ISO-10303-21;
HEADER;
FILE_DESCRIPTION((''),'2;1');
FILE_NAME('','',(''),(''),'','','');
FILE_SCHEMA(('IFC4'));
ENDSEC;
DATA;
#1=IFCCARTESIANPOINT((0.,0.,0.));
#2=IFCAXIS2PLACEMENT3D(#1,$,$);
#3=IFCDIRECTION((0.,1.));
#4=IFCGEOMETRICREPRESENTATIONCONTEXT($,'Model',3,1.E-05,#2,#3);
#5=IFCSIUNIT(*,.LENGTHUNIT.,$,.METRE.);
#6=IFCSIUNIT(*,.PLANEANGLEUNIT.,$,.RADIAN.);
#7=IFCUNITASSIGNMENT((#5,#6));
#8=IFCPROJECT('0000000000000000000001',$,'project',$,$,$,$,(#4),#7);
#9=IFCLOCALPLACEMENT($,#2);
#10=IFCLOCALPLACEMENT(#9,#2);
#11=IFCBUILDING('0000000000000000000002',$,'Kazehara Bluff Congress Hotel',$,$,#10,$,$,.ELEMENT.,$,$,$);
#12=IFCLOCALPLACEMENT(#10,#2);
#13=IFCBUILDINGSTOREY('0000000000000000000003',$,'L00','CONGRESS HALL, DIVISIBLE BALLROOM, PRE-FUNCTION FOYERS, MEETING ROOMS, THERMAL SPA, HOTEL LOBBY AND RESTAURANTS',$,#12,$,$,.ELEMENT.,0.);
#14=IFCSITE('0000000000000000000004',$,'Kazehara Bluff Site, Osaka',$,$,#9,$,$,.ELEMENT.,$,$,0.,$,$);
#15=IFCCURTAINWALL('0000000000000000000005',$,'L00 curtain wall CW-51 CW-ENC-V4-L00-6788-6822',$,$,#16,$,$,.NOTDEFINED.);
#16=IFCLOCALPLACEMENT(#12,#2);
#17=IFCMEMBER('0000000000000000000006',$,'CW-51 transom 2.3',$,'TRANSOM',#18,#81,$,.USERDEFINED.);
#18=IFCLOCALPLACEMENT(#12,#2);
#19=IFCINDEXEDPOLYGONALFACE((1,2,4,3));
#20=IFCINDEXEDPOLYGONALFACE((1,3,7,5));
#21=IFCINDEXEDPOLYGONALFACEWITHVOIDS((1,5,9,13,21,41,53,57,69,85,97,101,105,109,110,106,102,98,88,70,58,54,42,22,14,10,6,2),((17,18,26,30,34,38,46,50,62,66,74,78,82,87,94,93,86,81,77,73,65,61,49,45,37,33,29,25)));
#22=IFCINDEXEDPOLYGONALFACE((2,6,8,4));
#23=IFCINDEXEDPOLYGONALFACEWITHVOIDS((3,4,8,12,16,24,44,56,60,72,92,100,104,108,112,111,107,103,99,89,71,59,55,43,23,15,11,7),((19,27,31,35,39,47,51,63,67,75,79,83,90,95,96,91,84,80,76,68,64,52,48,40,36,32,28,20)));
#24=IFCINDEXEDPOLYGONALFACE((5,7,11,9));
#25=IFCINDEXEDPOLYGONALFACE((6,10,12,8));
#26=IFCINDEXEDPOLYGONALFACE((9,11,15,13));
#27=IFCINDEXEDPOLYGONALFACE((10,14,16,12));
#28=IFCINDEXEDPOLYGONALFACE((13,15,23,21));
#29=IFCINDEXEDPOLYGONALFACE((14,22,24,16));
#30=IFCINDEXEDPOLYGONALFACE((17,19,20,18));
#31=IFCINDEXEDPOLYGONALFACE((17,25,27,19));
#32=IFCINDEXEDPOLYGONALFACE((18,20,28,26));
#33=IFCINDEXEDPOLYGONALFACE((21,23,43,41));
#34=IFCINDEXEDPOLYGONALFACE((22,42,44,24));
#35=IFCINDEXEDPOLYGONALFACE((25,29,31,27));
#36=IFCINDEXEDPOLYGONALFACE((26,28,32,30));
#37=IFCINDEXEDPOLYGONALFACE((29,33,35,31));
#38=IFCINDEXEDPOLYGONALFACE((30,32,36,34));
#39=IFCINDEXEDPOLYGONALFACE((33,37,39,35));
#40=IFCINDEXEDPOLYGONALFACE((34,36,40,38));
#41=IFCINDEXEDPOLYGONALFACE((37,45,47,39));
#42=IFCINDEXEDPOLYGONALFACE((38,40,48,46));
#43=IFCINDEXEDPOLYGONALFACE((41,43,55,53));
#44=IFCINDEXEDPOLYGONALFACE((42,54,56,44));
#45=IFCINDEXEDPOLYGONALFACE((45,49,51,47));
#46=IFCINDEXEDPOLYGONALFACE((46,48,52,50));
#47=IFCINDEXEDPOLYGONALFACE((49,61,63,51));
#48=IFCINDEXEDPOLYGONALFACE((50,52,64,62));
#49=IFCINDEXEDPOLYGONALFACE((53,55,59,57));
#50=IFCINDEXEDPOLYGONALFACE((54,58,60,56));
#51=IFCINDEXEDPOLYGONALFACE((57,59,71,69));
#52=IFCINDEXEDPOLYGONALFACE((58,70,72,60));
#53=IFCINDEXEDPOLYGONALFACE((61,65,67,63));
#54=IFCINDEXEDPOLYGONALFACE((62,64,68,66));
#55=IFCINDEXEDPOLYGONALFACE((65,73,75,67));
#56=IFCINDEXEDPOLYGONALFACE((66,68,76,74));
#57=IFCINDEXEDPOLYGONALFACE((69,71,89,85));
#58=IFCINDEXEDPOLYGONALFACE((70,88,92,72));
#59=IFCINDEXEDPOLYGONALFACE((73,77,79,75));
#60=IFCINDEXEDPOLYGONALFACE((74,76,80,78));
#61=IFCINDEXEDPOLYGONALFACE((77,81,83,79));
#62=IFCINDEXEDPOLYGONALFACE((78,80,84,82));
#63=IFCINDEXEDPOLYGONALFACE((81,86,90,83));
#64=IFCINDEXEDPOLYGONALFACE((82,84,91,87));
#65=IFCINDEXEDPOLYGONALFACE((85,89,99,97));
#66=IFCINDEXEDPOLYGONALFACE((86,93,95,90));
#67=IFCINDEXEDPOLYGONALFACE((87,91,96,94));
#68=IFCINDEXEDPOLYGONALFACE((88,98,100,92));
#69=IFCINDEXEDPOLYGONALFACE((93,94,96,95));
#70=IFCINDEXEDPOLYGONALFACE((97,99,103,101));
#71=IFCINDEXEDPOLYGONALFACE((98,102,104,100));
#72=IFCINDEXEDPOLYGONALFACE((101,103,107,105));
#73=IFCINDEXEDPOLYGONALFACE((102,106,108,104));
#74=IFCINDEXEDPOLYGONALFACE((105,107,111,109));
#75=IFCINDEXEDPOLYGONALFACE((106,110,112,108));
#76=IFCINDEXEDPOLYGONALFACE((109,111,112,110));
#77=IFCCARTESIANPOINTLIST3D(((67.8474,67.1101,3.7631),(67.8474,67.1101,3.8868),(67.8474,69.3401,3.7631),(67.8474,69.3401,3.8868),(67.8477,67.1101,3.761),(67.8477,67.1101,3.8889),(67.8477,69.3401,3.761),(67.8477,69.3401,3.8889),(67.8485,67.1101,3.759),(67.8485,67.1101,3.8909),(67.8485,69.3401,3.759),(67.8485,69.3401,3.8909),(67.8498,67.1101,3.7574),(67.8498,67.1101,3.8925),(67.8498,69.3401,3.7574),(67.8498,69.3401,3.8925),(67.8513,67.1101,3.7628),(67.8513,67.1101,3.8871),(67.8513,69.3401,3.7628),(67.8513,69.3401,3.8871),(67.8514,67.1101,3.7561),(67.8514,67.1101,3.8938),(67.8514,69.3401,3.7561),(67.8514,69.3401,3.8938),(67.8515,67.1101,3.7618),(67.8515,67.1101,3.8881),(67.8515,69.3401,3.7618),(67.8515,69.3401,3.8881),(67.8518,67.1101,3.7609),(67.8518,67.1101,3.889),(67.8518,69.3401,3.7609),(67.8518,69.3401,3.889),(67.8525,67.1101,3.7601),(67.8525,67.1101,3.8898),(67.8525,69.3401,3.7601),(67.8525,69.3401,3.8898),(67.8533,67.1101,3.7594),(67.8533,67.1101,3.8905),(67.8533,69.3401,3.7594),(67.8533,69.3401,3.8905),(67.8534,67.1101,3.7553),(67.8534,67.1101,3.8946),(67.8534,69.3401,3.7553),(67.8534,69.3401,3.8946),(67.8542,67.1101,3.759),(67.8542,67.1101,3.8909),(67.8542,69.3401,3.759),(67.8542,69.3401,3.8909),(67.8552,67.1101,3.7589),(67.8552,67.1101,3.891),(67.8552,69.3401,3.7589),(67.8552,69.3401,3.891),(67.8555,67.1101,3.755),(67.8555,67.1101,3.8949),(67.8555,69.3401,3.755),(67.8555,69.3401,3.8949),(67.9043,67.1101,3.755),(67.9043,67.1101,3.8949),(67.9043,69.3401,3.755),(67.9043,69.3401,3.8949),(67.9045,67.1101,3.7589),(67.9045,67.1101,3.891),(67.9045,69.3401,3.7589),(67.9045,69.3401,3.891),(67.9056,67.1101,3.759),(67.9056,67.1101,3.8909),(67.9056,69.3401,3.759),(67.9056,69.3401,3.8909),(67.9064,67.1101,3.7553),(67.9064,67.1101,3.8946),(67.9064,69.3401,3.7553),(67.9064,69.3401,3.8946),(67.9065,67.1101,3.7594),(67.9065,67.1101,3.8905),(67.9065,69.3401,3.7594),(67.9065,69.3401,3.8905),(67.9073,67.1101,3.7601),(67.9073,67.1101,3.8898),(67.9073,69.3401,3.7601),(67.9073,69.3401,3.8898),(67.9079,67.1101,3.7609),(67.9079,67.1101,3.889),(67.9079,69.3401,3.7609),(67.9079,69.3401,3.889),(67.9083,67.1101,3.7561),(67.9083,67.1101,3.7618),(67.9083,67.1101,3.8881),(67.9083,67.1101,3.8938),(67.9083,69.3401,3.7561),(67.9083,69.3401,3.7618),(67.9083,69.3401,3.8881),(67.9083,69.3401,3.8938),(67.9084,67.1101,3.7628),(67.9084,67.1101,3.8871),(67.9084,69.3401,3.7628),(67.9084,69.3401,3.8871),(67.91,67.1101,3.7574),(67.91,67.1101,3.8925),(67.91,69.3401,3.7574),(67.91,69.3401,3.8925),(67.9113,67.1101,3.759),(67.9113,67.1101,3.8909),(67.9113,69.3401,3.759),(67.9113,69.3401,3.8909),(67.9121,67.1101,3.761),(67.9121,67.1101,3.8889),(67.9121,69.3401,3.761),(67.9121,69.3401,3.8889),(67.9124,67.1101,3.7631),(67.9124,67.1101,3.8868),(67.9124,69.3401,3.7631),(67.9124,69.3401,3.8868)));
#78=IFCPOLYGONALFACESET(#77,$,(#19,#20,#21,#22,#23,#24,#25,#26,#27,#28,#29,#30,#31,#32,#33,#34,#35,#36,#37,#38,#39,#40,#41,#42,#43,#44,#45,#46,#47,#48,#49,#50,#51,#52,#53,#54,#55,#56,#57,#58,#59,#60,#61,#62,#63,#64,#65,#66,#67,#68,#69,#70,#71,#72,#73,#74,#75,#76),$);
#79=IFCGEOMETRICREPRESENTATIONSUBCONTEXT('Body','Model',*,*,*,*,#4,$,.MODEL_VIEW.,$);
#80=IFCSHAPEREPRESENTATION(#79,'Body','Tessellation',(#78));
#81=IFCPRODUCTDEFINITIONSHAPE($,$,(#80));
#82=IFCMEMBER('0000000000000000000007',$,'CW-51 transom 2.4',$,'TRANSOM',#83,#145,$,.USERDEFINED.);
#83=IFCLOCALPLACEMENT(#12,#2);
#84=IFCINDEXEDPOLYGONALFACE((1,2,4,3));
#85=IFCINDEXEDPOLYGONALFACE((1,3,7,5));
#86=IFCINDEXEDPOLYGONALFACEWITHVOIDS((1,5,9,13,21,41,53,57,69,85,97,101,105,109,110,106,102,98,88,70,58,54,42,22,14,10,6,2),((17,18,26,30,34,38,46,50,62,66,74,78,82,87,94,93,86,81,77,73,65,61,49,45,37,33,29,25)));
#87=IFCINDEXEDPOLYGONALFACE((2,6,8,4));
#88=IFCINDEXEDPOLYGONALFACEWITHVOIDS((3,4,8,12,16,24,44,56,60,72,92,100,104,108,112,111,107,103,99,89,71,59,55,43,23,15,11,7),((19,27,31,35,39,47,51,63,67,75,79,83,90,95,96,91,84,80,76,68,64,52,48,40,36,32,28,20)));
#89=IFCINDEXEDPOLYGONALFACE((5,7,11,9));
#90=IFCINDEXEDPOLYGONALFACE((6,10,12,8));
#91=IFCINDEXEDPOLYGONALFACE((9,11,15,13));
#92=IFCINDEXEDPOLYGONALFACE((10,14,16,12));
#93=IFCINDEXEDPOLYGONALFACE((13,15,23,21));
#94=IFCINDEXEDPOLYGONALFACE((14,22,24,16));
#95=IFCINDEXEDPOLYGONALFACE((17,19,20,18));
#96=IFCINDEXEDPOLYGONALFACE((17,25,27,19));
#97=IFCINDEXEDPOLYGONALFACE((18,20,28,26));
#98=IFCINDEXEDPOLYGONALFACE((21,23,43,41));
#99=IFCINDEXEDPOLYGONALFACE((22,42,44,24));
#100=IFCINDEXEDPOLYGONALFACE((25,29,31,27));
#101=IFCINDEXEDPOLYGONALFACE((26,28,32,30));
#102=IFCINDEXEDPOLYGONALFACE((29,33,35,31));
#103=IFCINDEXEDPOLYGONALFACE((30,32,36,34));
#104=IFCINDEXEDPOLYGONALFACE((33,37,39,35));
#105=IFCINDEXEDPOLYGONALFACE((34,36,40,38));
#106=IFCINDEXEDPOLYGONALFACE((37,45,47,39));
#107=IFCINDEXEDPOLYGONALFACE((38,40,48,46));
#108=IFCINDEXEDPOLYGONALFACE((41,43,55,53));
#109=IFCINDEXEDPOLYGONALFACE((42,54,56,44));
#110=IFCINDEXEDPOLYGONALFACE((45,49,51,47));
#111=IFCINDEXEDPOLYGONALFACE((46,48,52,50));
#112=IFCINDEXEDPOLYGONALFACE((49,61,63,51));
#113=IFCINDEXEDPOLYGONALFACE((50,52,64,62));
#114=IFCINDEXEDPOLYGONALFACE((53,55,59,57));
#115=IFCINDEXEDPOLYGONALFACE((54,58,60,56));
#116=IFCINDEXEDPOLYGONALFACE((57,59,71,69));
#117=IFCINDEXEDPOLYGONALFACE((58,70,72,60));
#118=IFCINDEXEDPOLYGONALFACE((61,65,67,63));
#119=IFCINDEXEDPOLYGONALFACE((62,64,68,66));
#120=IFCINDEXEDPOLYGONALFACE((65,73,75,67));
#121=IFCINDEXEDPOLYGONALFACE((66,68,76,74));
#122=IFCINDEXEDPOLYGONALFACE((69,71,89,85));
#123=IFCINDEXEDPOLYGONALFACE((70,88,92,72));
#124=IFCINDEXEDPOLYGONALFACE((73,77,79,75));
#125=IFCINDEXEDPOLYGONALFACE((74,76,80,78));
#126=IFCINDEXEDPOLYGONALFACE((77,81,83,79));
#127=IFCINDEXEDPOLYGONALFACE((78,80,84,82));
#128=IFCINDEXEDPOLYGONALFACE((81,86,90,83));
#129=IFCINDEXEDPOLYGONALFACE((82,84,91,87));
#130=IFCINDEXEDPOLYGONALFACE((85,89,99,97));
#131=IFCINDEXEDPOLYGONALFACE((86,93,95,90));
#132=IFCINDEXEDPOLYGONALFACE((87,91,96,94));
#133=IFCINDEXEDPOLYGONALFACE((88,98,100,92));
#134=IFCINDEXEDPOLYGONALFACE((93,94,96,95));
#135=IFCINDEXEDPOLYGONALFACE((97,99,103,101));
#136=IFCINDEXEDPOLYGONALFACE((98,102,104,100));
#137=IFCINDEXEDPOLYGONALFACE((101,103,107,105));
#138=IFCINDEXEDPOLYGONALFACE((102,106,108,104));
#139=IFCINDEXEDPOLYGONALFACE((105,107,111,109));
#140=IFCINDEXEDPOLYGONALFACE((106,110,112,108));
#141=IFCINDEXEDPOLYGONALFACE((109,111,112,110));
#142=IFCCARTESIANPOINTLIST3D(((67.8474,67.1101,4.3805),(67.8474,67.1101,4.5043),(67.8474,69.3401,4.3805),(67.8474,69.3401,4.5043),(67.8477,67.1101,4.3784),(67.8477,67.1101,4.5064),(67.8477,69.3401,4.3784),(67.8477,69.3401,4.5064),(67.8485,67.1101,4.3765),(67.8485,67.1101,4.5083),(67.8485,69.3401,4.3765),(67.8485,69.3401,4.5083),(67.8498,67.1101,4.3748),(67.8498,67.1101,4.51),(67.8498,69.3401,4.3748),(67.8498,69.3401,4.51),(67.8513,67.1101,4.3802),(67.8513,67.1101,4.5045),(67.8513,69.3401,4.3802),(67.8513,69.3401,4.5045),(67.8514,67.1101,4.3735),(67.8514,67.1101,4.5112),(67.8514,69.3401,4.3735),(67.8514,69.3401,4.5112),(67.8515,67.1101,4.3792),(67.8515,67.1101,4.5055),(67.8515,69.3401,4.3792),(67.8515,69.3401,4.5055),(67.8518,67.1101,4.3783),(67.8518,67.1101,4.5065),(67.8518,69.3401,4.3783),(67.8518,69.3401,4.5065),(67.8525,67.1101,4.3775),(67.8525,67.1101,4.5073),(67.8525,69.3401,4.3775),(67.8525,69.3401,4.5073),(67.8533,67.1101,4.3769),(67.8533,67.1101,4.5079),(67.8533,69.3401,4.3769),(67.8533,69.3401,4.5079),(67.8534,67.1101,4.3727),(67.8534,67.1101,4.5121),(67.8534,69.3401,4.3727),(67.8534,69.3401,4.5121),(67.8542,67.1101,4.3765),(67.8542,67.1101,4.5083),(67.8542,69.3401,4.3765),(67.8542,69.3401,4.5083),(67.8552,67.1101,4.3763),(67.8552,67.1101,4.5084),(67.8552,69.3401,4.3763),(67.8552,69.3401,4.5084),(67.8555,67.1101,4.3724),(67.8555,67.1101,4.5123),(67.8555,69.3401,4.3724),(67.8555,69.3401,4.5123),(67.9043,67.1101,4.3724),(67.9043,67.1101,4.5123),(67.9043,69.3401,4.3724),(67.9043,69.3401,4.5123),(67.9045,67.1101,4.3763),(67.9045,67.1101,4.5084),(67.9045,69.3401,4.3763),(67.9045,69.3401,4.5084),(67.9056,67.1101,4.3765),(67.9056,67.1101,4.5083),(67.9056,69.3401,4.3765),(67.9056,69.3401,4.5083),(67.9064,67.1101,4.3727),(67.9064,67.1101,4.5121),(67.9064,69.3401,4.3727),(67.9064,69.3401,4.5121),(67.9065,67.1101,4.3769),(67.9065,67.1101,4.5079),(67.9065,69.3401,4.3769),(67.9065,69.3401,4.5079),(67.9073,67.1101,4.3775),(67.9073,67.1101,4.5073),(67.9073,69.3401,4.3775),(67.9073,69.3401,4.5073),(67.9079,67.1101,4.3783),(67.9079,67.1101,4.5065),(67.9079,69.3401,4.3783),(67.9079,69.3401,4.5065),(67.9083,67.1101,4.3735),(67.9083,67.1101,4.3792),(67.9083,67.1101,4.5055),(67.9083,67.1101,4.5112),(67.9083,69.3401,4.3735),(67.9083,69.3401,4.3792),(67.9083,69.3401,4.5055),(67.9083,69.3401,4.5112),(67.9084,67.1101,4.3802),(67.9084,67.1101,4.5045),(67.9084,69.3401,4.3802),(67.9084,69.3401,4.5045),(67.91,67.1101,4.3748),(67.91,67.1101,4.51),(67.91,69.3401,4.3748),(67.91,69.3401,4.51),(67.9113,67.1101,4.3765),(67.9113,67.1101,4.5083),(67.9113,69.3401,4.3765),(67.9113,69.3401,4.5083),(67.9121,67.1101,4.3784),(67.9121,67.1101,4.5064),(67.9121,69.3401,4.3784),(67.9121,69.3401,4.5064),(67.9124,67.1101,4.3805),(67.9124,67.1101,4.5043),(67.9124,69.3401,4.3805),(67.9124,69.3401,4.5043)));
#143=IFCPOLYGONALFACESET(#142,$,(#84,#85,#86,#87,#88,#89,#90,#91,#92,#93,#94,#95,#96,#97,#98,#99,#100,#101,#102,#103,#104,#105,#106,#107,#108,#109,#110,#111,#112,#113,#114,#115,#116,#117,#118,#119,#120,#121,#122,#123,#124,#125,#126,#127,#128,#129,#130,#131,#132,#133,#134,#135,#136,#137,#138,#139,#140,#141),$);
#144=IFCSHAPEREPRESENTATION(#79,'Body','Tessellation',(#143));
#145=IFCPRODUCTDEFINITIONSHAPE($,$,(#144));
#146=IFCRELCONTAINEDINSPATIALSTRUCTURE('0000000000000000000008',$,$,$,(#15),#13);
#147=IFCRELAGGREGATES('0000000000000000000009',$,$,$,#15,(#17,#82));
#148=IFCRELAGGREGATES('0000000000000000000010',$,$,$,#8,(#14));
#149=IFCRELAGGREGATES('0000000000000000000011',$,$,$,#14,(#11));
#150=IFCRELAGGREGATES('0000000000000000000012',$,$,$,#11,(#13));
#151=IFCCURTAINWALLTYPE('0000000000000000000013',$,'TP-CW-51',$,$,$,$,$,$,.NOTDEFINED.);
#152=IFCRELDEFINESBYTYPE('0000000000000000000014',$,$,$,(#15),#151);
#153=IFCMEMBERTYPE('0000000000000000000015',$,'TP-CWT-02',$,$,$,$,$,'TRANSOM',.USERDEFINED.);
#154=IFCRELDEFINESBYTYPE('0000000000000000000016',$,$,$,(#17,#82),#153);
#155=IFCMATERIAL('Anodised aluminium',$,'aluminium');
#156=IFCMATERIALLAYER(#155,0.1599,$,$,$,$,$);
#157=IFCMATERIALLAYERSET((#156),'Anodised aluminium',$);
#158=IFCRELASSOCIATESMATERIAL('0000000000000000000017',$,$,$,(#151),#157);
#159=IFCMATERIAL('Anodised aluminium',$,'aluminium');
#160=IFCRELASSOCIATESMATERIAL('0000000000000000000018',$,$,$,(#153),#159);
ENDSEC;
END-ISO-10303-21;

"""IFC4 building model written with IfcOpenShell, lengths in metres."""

from ifc_helpers import new_model, si_unit, direction, frame, origin, origin_2d, place, context, subcontext, project, spatial, hollow_rectangle, extrude, material, layer, layer_set, material_profile, profile_set, type_object, element, aggregate, save


model = new_model("IFC4")

# Units and contexts
model_context = context("Model", 3, precision=1e-05, world=origin(), true_north=direction((0.0, 1.0)))
body_context = subcontext(model_context, "Body", "Model", "MODEL_VIEW")
ifc_project = project(units=[si_unit("LENGTHUNIT", "METRE"), si_unit("PLANEANGLEUNIT", "RADIAN")], contexts=[model_context])

# Site, building, storey
site_placement = place(None, origin())
site = spatial("IfcSite", under=ifc_project, at=site_placement, Name="Kazehara Bluff Site, Osaka", CompositionType="ELEMENT", RefElevation=0.0)
building_placement = place(site_placement, origin())
building = spatial("IfcBuilding", under=site, at=building_placement, Name="Kazehara Bluff Congress Hotel", CompositionType="ELEMENT")
storey_placement = place(building_placement, origin())
storey = spatial("IfcBuildingStorey", under=building, at=storey_placement, Name="L00", Description="CONGRESS HALL, DIVISIBLE BALLROOM, PRE-FUNCTION FOYERS, MEETING ROOMS, THERMAL SPA, HOTEL LOBBY AND RESTAURANTS", CompositionType="ELEMENT", Elevation=0.0)

# Curtain wall, members
ifc_material_1 = material(Name="Anodised aluminium", Category="aluminium")
ifc_layer_1 = layer(ifc_material_1, 0.1599)
ifc_layer_set_1 = layer_set([ifc_layer_1], Name="Anodised aluminium")
curtain_wall_type = type_object("IfcCurtainWallType", Name="TP-CW-51", PredefinedType="NOTDEFINED", material=ifc_layer_set_1)
curtain_wall_placement = place(storey_placement, origin())
curtain_wall = element("IfcCurtainWall", 1, at=curtain_wall_placement, inside=storey, type_object=curtain_wall_type, Name="L00 curtain wall CW-51 CW-ENC-V4-L00-6788-6822", PredefinedType="NOTDEFINED")
ifc_material_2 = material(Name="Anodised aluminium", Category="aluminium")
ifc_material_profile_1 = material_profile(ifc_material_2, hollow_rectangle(XDim=0.0649, YDim=0.1399, WallThickness=0.0039, InnerFilletRadius=0.0039, OuterFilletRadius=0.0081, at=origin_2d()))
ifc_profile_set_1 = profile_set([ifc_material_profile_1], Name="Anodised aluminium")
member_type_1 = type_object("IfcMemberType", Name="TP-CWT-02", ElementType="TRANSOM", PredefinedType="USERDEFINED", material=ifc_profile_set_1)
member_1_placement = place(storey_placement, frame((67.8799, 69.3401, 3.825), z_axis=(0.0, -1.0, 0.0), x_axis=(1.0, 0.0, 0.0)))
member_1 = element("IfcMember", 2, at=member_1_placement, type_object=member_type_1, Name="CW-51 transom 2.3", ObjectType="TRANSOM", PredefinedType="USERDEFINED", context=body_context, shape_type="SweptSolid", body=[
    extrude(hollow_rectangle(XDim=0.0649, YDim=0.1399, WallThickness=0.0039, InnerFilletRadius=0.0039, OuterFilletRadius=0.0081, at=origin_2d()), origin(), (0.0, 0.0, 1.0), 2.23),
])
member_2_placement = place(storey_placement, frame((67.8799, 69.3401, 4.4424), z_axis=(0.0, -1.0, 0.0), x_axis=(1.0, 0.0, 0.0)))
member_2 = element("IfcMember", 3, at=member_2_placement, type_object=member_type_1, Name="CW-51 transom 2.4", ObjectType="TRANSOM", PredefinedType="USERDEFINED", context=body_context, shape_type="SweptSolid", body=[
    extrude(hollow_rectangle(XDim=0.0649, YDim=0.1399, WallThickness=0.0039, InnerFilletRadius=0.0039, OuterFilletRadius=0.0081, at=origin_2d()), origin(), (0.0, 0.0, 1.0), 2.23),
])

aggregate(curtain_wall, [member_1, member_2])

save(model, "model.ifc")
